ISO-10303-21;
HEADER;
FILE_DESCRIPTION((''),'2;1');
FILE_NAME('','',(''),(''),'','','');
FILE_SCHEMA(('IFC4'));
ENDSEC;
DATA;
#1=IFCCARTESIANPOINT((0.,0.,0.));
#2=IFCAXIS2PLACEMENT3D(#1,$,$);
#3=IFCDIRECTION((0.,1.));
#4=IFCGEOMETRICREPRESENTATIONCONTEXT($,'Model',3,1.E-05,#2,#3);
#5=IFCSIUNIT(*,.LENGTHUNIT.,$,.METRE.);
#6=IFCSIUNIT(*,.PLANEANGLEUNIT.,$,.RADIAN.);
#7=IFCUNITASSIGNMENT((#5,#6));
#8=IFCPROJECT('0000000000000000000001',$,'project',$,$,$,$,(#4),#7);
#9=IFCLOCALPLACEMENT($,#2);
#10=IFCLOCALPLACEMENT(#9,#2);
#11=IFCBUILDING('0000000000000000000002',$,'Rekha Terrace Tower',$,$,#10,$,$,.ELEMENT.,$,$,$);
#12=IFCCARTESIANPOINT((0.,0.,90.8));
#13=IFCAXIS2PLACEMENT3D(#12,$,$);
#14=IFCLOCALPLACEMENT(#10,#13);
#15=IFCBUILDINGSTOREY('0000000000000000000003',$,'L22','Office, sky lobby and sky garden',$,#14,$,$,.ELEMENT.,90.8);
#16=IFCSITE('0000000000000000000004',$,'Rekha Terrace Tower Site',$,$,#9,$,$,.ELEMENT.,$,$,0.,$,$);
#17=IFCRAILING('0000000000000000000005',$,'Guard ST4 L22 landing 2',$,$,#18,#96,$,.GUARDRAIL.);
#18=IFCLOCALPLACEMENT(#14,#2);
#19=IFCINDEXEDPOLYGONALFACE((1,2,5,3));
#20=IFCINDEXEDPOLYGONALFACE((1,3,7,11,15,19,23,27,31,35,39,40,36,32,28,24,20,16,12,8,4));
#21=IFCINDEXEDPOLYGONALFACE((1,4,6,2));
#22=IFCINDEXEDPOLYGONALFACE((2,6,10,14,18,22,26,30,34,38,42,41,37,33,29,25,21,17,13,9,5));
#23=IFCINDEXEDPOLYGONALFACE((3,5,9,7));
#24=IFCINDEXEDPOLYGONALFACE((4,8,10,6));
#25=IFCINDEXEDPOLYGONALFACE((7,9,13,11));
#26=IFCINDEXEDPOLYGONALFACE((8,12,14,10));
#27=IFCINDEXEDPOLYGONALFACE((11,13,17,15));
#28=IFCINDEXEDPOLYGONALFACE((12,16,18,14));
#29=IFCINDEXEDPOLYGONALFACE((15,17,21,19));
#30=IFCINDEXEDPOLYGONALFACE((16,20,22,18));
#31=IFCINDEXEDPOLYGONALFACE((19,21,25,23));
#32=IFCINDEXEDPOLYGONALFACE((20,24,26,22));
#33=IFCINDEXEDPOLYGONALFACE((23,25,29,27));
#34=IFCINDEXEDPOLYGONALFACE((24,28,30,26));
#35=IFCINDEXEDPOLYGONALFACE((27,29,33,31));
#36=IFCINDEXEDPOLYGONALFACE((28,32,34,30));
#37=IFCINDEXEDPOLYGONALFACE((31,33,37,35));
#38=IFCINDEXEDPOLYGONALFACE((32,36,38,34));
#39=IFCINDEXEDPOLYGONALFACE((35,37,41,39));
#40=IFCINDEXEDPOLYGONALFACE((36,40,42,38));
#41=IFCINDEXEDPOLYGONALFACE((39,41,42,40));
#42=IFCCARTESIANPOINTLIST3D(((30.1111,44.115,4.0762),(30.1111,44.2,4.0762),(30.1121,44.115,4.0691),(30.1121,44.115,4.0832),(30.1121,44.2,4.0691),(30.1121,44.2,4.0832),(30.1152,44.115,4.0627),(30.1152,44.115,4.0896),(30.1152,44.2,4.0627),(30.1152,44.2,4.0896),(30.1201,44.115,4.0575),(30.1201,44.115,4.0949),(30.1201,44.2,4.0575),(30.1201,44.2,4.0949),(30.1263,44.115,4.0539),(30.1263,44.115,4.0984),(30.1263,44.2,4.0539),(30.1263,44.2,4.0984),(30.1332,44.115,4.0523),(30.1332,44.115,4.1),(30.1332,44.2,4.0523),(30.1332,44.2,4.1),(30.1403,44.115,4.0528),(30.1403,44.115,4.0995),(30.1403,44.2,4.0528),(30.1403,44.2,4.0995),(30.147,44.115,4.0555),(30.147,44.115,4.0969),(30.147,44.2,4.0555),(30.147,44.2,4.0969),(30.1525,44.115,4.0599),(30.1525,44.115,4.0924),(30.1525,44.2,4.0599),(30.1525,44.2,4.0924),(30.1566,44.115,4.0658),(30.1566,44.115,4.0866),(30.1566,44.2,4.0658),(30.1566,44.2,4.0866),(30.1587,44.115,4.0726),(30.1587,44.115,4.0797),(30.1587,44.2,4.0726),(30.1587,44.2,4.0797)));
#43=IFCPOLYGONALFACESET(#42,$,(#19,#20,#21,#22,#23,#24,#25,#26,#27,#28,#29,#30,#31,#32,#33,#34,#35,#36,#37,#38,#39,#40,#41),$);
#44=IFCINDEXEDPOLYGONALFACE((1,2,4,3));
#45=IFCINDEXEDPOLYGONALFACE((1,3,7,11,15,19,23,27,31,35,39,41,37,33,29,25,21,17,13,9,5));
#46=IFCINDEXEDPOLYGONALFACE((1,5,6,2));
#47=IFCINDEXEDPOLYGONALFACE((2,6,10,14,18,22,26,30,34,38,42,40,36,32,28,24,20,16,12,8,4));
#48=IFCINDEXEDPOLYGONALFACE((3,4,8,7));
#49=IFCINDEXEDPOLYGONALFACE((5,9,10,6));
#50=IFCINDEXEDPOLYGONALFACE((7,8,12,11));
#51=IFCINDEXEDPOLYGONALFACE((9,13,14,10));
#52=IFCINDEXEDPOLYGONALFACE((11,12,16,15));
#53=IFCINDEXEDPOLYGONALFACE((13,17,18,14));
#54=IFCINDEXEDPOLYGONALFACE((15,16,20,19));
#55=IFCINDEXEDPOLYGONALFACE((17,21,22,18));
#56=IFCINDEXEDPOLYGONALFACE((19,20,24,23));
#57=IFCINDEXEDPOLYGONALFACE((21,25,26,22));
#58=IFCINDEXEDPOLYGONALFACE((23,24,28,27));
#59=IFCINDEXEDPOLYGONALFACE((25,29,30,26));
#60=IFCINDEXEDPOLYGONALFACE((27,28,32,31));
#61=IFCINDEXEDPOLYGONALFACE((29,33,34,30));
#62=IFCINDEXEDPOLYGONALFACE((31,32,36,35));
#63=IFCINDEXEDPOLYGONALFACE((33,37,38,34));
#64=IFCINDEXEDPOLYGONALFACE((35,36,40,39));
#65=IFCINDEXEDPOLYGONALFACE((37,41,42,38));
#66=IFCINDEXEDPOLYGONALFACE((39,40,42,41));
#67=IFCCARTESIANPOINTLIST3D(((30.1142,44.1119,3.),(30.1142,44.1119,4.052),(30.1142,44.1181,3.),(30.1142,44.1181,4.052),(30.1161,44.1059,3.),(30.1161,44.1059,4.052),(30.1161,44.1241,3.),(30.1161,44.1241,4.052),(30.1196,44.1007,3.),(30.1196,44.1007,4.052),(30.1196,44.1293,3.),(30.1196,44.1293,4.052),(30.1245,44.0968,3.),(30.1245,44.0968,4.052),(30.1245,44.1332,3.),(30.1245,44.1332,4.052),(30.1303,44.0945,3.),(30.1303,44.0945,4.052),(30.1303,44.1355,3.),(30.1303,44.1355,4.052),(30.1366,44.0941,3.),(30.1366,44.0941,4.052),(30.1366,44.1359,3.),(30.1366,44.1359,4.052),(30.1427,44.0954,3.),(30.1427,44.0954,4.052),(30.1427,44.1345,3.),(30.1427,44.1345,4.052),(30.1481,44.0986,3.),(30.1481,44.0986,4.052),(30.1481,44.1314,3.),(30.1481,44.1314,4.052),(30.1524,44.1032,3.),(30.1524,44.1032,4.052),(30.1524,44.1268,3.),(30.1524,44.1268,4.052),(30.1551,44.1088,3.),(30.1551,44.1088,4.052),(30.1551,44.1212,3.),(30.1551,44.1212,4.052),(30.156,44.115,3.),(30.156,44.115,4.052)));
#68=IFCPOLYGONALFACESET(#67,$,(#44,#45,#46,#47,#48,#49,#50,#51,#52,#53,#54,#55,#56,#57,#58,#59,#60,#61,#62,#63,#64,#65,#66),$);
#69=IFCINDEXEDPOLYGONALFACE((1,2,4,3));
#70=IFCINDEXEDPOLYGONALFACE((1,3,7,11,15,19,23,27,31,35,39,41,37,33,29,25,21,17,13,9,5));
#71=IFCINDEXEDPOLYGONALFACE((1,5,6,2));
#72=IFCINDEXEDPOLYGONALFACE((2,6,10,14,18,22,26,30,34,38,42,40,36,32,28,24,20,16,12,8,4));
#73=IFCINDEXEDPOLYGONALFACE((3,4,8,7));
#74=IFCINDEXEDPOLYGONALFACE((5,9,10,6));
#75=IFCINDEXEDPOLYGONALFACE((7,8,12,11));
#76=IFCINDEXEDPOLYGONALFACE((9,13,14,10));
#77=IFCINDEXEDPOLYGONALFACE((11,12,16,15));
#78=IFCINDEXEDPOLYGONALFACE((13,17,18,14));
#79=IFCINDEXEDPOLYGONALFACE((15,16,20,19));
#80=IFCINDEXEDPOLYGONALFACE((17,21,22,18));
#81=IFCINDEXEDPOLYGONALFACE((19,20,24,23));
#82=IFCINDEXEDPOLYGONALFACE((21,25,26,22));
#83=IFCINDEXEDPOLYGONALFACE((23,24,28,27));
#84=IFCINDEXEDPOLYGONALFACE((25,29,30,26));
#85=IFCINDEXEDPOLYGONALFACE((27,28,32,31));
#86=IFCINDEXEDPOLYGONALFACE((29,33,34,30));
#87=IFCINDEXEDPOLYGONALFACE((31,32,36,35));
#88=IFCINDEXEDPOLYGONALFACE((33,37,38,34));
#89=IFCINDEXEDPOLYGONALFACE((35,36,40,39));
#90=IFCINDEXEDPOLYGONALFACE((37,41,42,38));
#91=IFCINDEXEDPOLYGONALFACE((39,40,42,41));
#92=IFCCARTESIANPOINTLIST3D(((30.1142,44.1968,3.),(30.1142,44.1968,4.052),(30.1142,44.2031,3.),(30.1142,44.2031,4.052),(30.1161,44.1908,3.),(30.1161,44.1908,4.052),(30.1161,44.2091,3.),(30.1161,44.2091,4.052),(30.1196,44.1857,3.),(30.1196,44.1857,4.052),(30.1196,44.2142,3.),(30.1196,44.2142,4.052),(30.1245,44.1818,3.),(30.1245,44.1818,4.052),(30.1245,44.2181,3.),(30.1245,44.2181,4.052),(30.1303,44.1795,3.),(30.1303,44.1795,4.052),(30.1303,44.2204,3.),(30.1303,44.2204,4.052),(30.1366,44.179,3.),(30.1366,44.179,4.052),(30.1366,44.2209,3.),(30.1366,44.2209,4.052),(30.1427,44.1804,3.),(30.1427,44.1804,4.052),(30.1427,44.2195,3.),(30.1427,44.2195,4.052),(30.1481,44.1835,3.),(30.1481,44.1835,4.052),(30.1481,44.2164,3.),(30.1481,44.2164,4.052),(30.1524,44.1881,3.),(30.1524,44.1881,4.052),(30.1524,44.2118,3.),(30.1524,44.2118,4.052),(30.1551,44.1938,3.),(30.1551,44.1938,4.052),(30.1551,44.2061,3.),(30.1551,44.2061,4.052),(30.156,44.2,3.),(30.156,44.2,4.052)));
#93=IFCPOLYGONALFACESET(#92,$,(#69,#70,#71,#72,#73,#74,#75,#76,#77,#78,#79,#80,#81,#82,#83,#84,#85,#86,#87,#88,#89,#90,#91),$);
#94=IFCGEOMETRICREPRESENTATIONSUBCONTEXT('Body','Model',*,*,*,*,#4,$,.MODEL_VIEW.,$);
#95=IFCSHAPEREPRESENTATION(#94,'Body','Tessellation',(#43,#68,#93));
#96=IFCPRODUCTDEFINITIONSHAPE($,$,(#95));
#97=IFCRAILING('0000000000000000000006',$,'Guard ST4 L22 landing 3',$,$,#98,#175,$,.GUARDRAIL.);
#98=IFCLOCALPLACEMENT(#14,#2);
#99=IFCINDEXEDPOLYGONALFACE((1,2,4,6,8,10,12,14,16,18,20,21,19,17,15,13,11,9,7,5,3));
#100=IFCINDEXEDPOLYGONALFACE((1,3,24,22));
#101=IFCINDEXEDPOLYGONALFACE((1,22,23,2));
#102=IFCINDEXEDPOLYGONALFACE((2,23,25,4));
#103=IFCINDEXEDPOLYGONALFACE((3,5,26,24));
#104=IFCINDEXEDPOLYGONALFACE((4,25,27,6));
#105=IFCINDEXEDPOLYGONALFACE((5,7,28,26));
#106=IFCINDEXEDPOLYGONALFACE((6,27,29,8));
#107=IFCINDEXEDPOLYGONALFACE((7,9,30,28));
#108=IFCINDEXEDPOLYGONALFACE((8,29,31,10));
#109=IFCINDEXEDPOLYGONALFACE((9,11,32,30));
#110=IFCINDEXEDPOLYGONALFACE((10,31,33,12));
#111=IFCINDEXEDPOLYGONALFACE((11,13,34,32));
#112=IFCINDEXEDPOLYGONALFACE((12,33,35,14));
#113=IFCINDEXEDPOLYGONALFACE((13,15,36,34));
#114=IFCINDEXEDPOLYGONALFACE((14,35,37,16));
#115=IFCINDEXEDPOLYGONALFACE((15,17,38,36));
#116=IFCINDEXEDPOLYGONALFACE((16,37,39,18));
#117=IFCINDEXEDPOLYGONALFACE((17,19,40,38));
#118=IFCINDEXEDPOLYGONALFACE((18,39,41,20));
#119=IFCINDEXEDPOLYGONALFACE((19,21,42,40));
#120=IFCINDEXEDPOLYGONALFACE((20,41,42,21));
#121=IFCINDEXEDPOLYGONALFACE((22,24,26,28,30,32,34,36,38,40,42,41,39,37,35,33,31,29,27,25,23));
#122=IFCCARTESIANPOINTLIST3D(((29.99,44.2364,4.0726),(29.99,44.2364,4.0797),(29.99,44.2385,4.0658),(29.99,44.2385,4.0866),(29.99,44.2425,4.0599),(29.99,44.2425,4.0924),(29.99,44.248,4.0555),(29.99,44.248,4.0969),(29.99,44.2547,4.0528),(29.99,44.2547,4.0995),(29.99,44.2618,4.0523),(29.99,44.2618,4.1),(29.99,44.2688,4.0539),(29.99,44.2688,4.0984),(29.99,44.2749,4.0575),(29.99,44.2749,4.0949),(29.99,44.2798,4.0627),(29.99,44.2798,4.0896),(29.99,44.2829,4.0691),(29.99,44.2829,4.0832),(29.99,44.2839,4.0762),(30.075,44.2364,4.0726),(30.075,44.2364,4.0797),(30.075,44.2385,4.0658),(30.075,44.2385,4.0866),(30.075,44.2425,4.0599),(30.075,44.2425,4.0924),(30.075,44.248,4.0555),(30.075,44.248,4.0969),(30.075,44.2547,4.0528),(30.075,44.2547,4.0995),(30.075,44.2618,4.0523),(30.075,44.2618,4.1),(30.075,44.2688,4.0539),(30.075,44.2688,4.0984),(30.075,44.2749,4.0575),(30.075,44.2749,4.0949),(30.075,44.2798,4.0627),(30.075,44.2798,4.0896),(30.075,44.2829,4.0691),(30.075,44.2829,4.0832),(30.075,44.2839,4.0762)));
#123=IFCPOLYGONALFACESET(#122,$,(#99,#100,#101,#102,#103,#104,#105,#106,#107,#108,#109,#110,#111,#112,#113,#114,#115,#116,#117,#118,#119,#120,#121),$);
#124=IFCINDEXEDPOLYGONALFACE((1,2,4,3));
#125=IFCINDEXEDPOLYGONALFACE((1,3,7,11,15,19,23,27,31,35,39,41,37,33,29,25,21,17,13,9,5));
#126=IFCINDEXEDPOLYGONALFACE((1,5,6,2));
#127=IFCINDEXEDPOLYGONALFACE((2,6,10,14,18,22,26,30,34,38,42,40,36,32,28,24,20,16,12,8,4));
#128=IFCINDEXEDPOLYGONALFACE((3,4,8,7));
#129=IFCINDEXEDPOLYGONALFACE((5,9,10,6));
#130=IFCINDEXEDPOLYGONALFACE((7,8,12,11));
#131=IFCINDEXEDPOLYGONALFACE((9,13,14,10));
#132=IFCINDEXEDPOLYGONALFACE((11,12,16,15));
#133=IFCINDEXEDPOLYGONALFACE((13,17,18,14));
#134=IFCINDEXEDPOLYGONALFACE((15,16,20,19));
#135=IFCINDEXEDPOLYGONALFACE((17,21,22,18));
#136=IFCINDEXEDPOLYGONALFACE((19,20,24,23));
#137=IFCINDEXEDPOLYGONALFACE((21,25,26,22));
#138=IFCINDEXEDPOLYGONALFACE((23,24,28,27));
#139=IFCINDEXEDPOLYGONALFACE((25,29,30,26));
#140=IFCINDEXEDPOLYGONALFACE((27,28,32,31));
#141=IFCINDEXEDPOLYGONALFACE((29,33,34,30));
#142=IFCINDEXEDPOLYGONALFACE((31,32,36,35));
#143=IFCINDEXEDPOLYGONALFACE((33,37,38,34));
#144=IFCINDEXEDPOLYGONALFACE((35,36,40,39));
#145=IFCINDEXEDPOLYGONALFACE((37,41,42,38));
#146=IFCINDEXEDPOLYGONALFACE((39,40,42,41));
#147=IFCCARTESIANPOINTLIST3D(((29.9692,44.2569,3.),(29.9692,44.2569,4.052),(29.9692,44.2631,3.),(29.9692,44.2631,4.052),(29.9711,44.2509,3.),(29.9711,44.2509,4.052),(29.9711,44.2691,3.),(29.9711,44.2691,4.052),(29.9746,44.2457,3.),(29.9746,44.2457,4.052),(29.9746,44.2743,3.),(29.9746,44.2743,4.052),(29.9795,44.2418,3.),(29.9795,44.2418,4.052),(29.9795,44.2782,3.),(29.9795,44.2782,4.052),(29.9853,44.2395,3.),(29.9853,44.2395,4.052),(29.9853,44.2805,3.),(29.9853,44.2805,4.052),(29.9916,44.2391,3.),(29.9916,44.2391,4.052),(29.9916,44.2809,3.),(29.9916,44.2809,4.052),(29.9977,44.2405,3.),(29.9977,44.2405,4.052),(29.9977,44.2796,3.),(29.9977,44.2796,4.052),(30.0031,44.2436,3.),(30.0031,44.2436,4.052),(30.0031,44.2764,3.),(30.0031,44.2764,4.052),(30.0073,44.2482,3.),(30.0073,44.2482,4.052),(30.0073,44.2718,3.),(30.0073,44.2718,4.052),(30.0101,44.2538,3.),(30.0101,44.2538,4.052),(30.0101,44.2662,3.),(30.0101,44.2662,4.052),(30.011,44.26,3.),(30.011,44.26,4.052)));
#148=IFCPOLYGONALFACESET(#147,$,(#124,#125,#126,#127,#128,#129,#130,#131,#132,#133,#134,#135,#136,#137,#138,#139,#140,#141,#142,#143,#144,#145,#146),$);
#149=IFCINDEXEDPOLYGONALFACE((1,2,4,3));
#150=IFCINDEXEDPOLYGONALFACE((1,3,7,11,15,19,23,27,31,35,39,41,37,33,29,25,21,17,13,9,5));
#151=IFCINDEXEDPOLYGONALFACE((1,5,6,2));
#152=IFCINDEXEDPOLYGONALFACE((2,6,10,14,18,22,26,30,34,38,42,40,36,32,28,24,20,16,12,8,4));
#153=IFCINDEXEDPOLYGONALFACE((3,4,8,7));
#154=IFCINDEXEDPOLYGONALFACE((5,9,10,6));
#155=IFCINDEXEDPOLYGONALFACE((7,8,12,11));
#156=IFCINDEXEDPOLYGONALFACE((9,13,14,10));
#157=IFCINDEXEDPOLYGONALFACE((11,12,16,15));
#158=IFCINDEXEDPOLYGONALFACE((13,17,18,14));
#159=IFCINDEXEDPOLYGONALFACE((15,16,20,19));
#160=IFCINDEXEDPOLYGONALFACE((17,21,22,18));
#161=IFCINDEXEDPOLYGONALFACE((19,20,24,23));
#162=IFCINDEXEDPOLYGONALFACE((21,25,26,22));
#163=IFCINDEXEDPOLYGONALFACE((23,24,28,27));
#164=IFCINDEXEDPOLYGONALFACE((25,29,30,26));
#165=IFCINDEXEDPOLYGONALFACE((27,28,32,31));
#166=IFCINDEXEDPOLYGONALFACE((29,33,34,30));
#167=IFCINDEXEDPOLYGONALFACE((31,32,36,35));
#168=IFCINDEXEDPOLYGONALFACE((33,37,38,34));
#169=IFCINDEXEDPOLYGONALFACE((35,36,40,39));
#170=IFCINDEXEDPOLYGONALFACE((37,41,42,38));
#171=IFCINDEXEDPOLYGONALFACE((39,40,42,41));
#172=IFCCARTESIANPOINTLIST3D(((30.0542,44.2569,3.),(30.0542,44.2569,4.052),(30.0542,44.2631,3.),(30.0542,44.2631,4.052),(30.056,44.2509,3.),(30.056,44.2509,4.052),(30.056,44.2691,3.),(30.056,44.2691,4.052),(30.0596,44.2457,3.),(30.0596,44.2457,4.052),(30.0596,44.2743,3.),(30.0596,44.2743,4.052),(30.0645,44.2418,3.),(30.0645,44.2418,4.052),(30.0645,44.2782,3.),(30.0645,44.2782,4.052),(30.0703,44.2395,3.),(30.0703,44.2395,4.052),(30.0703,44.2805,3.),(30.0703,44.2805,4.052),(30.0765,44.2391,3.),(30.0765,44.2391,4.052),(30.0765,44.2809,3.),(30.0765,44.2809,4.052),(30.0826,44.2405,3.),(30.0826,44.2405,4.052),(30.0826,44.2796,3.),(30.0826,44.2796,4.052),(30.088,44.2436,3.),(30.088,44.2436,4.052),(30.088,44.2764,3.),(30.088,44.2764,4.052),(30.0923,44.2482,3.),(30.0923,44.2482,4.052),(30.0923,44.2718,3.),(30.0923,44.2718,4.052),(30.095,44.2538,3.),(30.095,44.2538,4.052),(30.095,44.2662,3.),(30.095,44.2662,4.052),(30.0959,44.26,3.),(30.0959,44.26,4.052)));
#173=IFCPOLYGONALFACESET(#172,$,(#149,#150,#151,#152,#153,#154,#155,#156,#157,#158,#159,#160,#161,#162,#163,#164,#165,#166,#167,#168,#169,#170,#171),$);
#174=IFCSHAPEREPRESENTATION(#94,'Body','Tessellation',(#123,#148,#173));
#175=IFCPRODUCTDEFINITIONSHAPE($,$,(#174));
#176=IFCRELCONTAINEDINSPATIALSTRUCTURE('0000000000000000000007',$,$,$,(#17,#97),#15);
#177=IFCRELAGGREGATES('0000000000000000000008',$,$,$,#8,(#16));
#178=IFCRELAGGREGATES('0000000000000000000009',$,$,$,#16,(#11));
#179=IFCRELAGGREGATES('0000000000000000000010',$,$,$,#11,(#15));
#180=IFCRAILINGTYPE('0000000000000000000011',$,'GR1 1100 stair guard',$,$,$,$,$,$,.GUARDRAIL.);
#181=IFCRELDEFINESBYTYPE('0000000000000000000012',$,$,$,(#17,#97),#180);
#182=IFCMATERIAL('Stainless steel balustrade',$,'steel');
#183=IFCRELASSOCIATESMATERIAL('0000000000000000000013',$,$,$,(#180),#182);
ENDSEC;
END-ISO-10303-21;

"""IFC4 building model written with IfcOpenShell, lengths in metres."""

from ifc_helpers import new_model, si_unit, direction, frame, origin, origin_2d, place, context, subcontext, project, spatial, circle, extrude, material, type_object, element, save


model = new_model("IFC4")

# Units and contexts
model_context = context("Model", 3, precision=1e-05, world=origin(), true_north=direction((0.0, 1.0)))
body_context = subcontext(model_context, "Body", "Model", "MODEL_VIEW")
ifc_project = project(units=[si_unit("LENGTHUNIT", "METRE"), si_unit("PLANEANGLEUNIT", "RADIAN")], contexts=[model_context])

# Site, building, storey
site_placement = place(None, origin())
site = spatial("IfcSite", under=ifc_project, at=site_placement, Name="Rekha Terrace Tower Site", CompositionType="ELEMENT", RefElevation=0.0)
building_placement = place(site_placement, origin())
building = spatial("IfcBuilding", under=site, at=building_placement, Name="Rekha Terrace Tower", CompositionType="ELEMENT")
storey_placement = place(building_placement, frame((0.0, 0.0, 90.8)))
storey = spatial("IfcBuildingStorey", under=building, at=storey_placement, Name="L22", Description="Office, sky lobby and sky garden", CompositionType="ELEMENT", Elevation=90.8)

# Railings
ifc_material_1 = material(Name="Stainless steel balustrade", Category="steel")
railing_type_1 = type_object("IfcRailingType", Name="GR1 1100 stair guard", PredefinedType="GUARDRAIL", material=ifc_material_1)
railing_1_placement = place(storey_placement, frame((30.135, 44.115, 3.0)))
element("IfcRailing", 1, at=railing_1_placement, inside=storey, type_object=railing_type_1, Name="Guard ST4 L22 landing 2", PredefinedType="GUARDRAIL", context=body_context, shape_type="SweptSolid", body=[
    extrude(circle(Radius=0.0239, at=origin_2d()), frame((0.0, 0.0, 1.0762), z_axis=(0.0, 1.0, 0.0), x_axis=(-1.0, 0.0, 0.0)), (0.0, 0.0, 1.0), 0.085),
    extrude(circle(Radius=0.021, at=origin_2d()), origin(), (0.0, 0.0, 1.0), 1.052),
    extrude(circle(Radius=0.021, at=origin_2d()), frame((0.0, 0.085, 0.0)), (0.0, 0.0, 1.0), 1.052),
])
railing_2_placement = place(storey_placement, frame((29.99, 44.26, 3.0)))
element("IfcRailing", 2, at=railing_2_placement, inside=storey, type_object=railing_type_1, Name="Guard ST4 L22 landing 3", PredefinedType="GUARDRAIL", context=body_context, shape_type="SweptSolid", body=[
    extrude(circle(Radius=0.0239, at=origin_2d()), frame((0.0, 0.0, 1.0762), z_axis=(1.0, 0.0, 0.0), x_axis=(0.0, 1.0, 0.0)), (0.0, 0.0, 1.0), 0.085),
    extrude(circle(Radius=0.021, at=origin_2d()), origin(), (0.0, 0.0, 1.0), 1.052),
    extrude(circle(Radius=0.021, at=origin_2d()), frame((0.085, 0.0, 0.0)), (0.0, 0.0, 1.0), 1.052),
])

save(model, "model.ifc")
